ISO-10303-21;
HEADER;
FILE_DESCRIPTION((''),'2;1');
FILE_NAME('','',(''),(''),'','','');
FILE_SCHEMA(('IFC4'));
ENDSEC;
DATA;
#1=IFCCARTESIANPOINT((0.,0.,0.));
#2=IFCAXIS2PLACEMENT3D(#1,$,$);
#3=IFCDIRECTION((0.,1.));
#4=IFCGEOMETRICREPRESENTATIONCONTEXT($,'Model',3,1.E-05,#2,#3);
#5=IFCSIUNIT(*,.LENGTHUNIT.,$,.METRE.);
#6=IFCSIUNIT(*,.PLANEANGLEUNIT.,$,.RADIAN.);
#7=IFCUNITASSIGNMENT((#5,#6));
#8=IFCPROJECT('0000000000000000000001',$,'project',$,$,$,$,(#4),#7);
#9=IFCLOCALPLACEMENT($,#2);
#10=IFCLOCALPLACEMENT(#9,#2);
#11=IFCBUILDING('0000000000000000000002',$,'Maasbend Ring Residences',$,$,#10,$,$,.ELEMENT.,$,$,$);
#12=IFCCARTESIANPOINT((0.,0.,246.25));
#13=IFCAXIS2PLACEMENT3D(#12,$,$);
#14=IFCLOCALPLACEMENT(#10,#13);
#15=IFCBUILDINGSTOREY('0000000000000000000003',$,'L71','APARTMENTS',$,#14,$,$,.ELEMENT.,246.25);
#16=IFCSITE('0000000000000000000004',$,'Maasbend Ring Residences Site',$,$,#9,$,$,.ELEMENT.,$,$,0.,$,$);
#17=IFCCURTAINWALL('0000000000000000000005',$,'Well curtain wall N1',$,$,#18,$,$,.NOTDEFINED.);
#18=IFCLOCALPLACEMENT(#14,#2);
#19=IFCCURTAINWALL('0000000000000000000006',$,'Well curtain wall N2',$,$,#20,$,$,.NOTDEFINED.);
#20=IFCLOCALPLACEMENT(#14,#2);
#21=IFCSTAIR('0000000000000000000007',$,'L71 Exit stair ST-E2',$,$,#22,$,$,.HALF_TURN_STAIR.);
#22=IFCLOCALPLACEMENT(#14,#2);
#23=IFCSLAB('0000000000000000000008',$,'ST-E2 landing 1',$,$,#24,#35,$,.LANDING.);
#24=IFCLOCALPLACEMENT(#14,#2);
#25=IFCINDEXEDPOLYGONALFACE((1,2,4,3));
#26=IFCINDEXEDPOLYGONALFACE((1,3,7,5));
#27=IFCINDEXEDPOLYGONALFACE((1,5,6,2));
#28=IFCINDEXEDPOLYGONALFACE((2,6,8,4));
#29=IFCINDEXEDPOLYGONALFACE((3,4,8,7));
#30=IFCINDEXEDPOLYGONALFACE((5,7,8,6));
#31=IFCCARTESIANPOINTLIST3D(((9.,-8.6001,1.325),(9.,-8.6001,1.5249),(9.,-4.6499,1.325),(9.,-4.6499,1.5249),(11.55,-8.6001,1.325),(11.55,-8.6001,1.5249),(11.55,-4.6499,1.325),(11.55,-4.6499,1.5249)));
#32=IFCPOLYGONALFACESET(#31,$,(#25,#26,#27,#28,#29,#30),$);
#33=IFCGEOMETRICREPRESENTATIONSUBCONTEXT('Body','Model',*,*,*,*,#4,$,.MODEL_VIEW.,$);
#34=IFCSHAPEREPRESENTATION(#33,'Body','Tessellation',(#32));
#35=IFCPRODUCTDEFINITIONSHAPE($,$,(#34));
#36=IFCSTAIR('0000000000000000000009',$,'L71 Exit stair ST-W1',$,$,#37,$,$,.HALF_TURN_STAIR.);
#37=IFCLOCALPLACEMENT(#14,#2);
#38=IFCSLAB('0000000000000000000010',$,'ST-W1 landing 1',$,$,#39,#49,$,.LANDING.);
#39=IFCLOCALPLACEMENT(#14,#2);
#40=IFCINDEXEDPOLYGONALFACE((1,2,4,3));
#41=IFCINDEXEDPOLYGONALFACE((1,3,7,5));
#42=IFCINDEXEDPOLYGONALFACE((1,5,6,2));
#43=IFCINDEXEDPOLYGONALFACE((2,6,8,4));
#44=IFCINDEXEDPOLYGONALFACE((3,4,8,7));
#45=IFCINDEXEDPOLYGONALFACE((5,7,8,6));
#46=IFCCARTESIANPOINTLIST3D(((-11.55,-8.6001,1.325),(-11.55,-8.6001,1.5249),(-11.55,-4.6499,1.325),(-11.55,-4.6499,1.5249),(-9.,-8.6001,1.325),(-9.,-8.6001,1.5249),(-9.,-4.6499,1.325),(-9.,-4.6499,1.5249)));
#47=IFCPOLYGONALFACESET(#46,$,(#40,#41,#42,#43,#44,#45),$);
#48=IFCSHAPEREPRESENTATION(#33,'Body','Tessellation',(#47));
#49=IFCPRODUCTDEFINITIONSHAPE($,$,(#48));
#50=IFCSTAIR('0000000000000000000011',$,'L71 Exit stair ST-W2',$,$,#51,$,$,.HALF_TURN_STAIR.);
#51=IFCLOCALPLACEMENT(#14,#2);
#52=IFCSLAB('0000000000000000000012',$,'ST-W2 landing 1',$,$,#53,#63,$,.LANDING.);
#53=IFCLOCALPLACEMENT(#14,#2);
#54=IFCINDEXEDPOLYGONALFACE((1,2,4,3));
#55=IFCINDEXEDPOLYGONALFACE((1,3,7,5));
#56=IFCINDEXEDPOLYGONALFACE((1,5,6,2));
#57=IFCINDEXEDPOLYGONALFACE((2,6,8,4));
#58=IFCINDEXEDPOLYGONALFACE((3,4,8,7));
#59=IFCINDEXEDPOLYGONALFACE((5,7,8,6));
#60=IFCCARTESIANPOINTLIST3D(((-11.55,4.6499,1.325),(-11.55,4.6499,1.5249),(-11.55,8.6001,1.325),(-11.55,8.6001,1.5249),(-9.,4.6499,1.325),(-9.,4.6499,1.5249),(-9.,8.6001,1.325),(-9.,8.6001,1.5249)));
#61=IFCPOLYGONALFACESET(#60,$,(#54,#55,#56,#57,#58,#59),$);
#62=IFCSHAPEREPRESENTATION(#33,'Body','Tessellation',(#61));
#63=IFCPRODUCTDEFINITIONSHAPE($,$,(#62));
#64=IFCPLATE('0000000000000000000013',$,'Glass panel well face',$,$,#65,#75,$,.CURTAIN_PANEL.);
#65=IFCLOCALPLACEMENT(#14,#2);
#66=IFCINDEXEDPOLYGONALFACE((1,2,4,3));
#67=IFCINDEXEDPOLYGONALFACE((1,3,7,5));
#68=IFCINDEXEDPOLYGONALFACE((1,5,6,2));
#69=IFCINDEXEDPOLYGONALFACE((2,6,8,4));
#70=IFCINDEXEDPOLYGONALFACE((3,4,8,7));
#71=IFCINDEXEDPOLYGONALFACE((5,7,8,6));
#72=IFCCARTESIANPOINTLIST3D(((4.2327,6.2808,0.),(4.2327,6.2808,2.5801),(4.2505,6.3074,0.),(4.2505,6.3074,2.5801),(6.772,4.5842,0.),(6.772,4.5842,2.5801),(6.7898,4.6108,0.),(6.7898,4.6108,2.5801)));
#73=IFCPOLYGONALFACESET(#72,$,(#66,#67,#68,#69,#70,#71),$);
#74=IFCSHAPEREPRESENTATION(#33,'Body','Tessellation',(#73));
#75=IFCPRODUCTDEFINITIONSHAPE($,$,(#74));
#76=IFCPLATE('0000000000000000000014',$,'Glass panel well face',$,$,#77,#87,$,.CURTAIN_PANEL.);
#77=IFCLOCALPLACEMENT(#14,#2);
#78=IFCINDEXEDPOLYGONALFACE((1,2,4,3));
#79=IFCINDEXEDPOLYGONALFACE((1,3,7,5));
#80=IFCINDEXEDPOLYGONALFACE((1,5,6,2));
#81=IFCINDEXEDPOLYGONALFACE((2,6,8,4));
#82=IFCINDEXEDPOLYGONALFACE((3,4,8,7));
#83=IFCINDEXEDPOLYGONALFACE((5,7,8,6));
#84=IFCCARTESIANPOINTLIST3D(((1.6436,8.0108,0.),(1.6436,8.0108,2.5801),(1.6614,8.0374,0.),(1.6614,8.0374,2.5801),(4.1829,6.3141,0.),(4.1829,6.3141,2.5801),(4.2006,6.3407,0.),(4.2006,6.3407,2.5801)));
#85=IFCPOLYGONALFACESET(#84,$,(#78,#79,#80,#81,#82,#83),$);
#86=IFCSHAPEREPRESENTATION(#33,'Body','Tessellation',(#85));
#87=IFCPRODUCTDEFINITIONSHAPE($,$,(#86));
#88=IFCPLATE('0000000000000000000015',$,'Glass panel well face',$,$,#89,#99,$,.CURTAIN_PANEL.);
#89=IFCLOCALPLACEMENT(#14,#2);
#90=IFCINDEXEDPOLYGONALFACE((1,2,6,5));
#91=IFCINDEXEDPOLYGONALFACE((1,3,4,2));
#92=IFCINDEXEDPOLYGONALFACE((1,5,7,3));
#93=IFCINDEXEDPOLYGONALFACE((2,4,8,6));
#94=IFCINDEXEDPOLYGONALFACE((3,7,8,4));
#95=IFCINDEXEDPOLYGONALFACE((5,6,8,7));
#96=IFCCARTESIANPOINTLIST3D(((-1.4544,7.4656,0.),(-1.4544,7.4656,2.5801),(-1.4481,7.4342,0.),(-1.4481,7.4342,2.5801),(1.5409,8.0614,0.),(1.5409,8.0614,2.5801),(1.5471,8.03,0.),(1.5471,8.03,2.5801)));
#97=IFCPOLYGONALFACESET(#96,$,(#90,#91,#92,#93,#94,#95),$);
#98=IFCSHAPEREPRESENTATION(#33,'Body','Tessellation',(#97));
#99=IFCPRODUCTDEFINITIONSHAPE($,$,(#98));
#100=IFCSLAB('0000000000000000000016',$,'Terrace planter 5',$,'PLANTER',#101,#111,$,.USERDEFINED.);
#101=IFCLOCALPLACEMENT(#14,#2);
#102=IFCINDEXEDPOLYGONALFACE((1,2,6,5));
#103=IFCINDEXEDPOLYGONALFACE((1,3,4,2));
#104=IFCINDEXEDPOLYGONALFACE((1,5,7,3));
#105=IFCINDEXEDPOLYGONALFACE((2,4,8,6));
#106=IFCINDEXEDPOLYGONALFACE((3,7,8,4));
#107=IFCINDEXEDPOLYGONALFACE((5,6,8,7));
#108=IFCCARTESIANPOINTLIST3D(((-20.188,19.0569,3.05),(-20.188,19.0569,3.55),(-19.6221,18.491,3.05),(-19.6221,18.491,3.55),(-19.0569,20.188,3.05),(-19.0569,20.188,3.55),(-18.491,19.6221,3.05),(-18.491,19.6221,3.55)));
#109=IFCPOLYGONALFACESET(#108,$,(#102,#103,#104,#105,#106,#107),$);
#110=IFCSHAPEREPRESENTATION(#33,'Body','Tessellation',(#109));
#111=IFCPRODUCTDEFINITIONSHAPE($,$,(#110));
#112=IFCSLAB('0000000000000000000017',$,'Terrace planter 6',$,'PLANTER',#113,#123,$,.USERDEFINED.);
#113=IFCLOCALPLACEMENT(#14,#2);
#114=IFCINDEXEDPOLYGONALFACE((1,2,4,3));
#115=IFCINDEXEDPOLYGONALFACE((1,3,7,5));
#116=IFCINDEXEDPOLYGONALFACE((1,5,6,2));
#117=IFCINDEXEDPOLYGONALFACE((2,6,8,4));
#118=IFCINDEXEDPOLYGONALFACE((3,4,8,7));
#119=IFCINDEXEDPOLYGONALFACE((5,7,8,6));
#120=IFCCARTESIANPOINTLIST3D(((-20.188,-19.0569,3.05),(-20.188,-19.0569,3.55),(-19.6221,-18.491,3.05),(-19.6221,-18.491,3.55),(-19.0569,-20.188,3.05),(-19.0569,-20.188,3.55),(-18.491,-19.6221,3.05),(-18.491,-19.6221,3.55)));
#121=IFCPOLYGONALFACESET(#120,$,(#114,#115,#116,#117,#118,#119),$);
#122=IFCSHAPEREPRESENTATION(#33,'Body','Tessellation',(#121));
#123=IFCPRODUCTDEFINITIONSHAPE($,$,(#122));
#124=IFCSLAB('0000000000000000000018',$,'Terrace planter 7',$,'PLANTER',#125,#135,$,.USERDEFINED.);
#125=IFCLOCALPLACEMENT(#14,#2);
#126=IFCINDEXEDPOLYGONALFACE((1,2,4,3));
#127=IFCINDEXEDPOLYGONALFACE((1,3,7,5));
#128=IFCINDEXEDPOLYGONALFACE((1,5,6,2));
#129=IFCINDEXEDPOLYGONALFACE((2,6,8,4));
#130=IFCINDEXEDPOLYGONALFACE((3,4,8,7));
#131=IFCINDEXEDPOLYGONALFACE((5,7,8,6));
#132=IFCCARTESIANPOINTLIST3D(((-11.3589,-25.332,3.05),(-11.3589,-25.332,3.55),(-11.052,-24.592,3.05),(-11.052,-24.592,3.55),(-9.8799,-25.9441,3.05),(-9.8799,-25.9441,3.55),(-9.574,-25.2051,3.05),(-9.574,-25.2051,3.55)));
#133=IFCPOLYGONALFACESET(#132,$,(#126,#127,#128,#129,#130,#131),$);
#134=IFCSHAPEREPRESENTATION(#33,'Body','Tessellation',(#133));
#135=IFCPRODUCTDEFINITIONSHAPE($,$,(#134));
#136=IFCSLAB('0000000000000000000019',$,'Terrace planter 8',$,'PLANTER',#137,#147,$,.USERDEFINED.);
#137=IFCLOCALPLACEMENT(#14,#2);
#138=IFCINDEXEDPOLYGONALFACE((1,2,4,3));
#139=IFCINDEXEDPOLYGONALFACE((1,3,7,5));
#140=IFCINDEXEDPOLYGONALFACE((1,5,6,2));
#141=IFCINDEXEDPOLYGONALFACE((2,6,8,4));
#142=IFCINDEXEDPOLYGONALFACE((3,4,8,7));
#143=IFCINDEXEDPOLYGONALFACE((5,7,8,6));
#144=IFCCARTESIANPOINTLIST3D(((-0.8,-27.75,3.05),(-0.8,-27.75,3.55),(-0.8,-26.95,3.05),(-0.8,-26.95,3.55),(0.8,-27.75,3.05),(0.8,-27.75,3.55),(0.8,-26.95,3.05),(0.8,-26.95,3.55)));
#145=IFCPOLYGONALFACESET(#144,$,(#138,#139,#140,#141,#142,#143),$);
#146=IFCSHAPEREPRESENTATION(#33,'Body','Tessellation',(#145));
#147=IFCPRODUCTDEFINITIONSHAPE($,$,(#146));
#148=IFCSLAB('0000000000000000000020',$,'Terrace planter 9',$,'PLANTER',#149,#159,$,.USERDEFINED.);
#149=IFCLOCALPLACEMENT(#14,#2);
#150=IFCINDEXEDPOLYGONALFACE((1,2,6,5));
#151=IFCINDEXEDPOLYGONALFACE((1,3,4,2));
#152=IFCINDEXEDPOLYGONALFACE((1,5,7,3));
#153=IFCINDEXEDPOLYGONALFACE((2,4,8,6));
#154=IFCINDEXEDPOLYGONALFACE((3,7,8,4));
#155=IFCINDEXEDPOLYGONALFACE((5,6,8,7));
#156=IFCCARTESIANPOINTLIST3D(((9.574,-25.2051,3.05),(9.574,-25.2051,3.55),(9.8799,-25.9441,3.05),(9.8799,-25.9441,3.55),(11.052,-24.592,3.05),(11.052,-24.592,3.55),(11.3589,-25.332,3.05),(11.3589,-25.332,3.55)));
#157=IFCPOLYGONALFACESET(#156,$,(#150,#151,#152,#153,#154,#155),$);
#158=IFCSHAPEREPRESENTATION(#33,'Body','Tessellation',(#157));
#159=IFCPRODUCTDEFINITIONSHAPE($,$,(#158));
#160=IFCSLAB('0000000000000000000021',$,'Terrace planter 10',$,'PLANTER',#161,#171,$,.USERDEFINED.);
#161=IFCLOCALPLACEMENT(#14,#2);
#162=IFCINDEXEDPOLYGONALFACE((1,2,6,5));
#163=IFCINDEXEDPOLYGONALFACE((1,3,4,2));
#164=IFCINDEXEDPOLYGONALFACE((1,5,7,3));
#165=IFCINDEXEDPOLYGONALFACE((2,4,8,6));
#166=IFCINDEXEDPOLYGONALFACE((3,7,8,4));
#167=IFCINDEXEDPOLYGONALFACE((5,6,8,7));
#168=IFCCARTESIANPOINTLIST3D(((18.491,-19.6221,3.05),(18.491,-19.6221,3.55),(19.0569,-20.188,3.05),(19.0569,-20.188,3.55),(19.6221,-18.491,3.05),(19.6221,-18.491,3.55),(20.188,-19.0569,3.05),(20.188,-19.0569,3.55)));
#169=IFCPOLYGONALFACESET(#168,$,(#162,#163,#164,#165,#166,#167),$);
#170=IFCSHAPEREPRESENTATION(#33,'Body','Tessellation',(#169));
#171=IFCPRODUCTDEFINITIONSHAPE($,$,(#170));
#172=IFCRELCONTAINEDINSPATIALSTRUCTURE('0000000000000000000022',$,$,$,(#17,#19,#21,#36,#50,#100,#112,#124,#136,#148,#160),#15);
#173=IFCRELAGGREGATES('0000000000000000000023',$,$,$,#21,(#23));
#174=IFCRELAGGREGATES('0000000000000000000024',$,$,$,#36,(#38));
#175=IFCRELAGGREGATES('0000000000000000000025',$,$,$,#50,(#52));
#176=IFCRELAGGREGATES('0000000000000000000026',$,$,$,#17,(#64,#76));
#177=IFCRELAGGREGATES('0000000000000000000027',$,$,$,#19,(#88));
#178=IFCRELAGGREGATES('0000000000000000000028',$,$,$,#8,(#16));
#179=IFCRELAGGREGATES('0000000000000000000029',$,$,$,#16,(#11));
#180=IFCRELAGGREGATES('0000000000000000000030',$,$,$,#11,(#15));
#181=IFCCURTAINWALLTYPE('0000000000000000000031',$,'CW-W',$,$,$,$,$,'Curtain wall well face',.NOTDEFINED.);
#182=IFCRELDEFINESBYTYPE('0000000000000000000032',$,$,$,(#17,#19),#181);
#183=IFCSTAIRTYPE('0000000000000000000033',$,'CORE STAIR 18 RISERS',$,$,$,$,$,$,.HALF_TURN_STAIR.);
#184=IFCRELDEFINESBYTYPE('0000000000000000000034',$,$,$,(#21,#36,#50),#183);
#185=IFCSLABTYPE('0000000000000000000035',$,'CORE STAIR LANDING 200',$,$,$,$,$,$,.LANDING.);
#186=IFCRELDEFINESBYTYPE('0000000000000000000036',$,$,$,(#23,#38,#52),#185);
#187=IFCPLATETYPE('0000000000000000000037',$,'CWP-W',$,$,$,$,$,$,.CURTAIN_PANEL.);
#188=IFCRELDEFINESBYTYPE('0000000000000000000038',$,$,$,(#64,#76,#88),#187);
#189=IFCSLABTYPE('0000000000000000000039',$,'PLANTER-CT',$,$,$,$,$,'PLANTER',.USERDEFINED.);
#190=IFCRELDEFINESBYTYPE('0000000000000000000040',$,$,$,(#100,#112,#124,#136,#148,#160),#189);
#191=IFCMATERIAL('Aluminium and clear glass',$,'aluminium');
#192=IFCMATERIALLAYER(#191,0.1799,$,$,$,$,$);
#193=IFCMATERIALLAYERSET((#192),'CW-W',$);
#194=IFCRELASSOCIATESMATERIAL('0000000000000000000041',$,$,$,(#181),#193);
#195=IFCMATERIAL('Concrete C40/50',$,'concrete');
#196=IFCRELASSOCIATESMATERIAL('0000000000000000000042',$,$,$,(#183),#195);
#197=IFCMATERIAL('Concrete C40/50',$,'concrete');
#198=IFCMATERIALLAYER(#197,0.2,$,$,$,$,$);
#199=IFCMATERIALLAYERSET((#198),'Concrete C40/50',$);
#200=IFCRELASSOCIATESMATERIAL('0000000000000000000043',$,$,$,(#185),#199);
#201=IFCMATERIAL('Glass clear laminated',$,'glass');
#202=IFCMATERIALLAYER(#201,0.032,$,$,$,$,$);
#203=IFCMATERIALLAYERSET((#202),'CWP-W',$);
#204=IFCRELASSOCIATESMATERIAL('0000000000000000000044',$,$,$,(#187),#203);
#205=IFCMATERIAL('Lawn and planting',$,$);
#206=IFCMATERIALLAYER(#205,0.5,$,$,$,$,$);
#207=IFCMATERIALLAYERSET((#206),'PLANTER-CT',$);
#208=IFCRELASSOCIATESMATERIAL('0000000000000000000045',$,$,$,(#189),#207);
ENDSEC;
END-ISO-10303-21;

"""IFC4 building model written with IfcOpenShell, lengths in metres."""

from ifc_helpers import new_model, si_unit, direction, frame, origin, origin_2d, place, context, subcontext, project, spatial, polyline, rectangle, outline, extrude, material, layer, layer_set, type_object, element, aggregate, save


model = new_model("IFC4")

# Units and contexts
model_context = context("Model", 3, precision=1e-05, world=origin(), true_north=direction((0.0, 1.0)))
body_context = subcontext(model_context, "Body", "Model", "MODEL_VIEW")
ifc_project = project(units=[si_unit("LENGTHUNIT", "METRE"), si_unit("PLANEANGLEUNIT", "RADIAN")], contexts=[model_context])

# Site, building, storey
site_placement = place(None, origin())
site = spatial("IfcSite", under=ifc_project, at=site_placement, Name="Maasbend Ring Residences Site", CompositionType="ELEMENT", RefElevation=0.0)
building_placement = place(site_placement, origin())
building = spatial("IfcBuilding", under=site, at=building_placement, Name="Maasbend Ring Residences", CompositionType="ELEMENT")
storey_placement = place(building_placement, frame((0.0, 0.0, 246.25)))
storey = spatial("IfcBuildingStorey", under=building, at=storey_placement, Name="L71", Description="APARTMENTS", CompositionType="ELEMENT", Elevation=246.25)

# Curtain wall
ifc_material_1 = material(Name="Aluminium and clear glass", Category="aluminium")
ifc_layer_1 = layer(ifc_material_1, 0.1799)
ifc_layer_set_1 = layer_set([ifc_layer_1], Name="CW-W")
curtain_wall_type = type_object("IfcCurtainWallType", Name="CW-W", ElementType="Curtain wall well face", PredefinedType="NOTDEFINED", material=ifc_layer_set_1)
curtain_wall_1_placement = place(storey_placement, origin())
curtain_wall_1 = element("IfcCurtainWall", 1, at=curtain_wall_1_placement, inside=storey, type_object=curtain_wall_type, Name="Well curtain wall N1", PredefinedType="NOTDEFINED")

# Curtain wall
curtain_wall_2_placement = place(storey_placement, origin())
curtain_wall_2 = element("IfcCurtainWall", 2, at=curtain_wall_2_placement, inside=storey, type_object=curtain_wall_type, Name="Well curtain wall N2", PredefinedType="NOTDEFINED")

# Stairs, slabs
ifc_material_2 = material(Name="Concrete C40/50", Category="concrete")
stair_type = type_object("IfcStairType", Name="CORE STAIR 18 RISERS", PredefinedType="HALF_TURN_STAIR", material=ifc_material_2)
ifc_material_3 = material(Name="Concrete C40/50", Category="concrete")
ifc_layer_2 = layer(ifc_material_3, 0.2)
ifc_layer_set_2 = layer_set([ifc_layer_2], Name="Concrete C40/50")
slab_type_1 = type_object("IfcSlabType", Name="CORE STAIR LANDING 200", PredefinedType="LANDING", material=ifc_layer_set_2)
stair_1_placement = place(storey_placement, origin())
stair_1 = element("IfcStair", 3, at=stair_1_placement, inside=storey, type_object=stair_type, Name="L71 Exit stair ST-E2", PredefinedType="HALF_TURN_STAIR")
slab_1_placement = place(storey_placement, frame((0.0, 0.0, 1.325)))
slab_1 = element("IfcSlab", 4, at=slab_1_placement, type_object=slab_type_1, Name="ST-E2 landing 1", PredefinedType="LANDING", context=body_context, shape_type="SweptSolid", body=[
    extrude(outline(polyline([(11.55, -4.6499), (9.0, -4.6499), (9.0, -8.6001), (11.55, -8.6001), (11.55, -4.6499)])), origin(), (0.0, 0.0, 1.0), 0.2),
])
aggregate(stair_1, [slab_1])
stair_2_placement = place(storey_placement, origin())
stair_2 = element("IfcStair", 5, at=stair_2_placement, inside=storey, type_object=stair_type, Name="L71 Exit stair ST-W1", PredefinedType="HALF_TURN_STAIR")
slab_2_placement = place(storey_placement, frame((0.0, 0.0, 1.325)))
slab_2 = element("IfcSlab", 6, at=slab_2_placement, type_object=slab_type_1, Name="ST-W1 landing 1", PredefinedType="LANDING", context=body_context, shape_type="SweptSolid", body=[
    extrude(outline(polyline([(-11.55, -8.6001), (-9.0, -8.6001), (-9.0, -4.6499), (-11.55, -4.6499), (-11.55, -8.6001)])), origin(), (0.0, 0.0, 1.0), 0.2),
])
aggregate(stair_2, [slab_2])
stair_3_placement = place(storey_placement, origin())
stair_3 = element("IfcStair", 7, at=stair_3_placement, inside=storey, type_object=stair_type, Name="L71 Exit stair ST-W2", PredefinedType="HALF_TURN_STAIR")
slab_3_placement = place(storey_placement, frame((0.0, 0.0, 1.325)))
slab_3 = element("IfcSlab", 8, at=slab_3_placement, type_object=slab_type_1, Name="ST-W2 landing 1", PredefinedType="LANDING", context=body_context, shape_type="SweptSolid", body=[
    extrude(outline(polyline([(-11.55, 4.6499), (-9.0, 4.6499), (-9.0, 8.6001), (-11.55, 8.6001), (-11.55, 4.6499)])), origin(), (0.0, 0.0, 1.0), 0.2),
])
aggregate(stair_3, [slab_3])

# Plates
ifc_material_4 = material(Name="Glass clear laminated", Category="glass")
ifc_layer_3 = layer(ifc_material_4, 0.032)
ifc_layer_set_3 = layer_set([ifc_layer_3], Name="CWP-W")
plate_type = type_object("IfcPlateType", Name="CWP-W", PredefinedType="CURTAIN_PANEL", material=ifc_layer_set_3)
plate_1_placement = place(storey_placement, frame((5.5112, 5.4458, 0.0), z_axis=(0.0, 0.0, 1.0), x_axis=(-0.83147, 0.55557, 0.0)))
plate_1 = element("IfcPlate", 9, at=plate_1_placement, type_object=plate_type, Name="Glass panel well face", PredefinedType="CURTAIN_PANEL", context=body_context, shape_type="SweptSolid", body=[
    extrude(rectangle(XDim=3.054, YDim=0.032, at=origin_2d()), origin(), (0.0, 0.0, 1.0), 2.5801),
])
plate_2_placement = place(storey_placement, frame((2.9221, 7.1758, 0.0), z_axis=(0.0, 0.0, 1.0), x_axis=(-0.83147, 0.55557, 0.0)))
plate_2 = element("IfcPlate", 10, at=plate_2_placement, type_object=plate_type, Name="Glass panel well face", PredefinedType="CURTAIN_PANEL", context=body_context, shape_type="SweptSolid", body=[
    extrude(rectangle(XDim=3.054, YDim=0.032, at=origin_2d()), origin(), (0.0, 0.0, 1.0), 2.5801),
])
aggregate(curtain_wall_1, [plate_1, plate_2])
plate_3_placement = place(storey_placement, frame((0.0464, 7.7478, 0.0), z_axis=(0.0, 0.0, 1.0), x_axis=(-0.980785, -0.19509, 0.0)))
plate_3 = element("IfcPlate", 11, at=plate_3_placement, type_object=plate_type, Name="Glass panel well face", PredefinedType="CURTAIN_PANEL", context=body_context, shape_type="SweptSolid", body=[
    extrude(rectangle(XDim=3.054, YDim=0.032, at=origin_2d()), origin(), (0.0, 0.0, 1.0), 2.5801),
])
aggregate(curtain_wall_2, [plate_3])

# Slabs
ifc_material_5 = material(Name="Lawn and planting")
ifc_layer_4 = layer(ifc_material_5, 0.5)
ifc_layer_set_4 = layer_set([ifc_layer_4], Name="PLANTER-CT")
slab_type_2 = type_object("IfcSlabType", Name="PLANTER-CT", ElementType="PLANTER", PredefinedType="USERDEFINED", material=ifc_layer_set_4)
slab_4_placement = place(storey_placement, frame((0.0, 0.0, 3.05)))
element("IfcSlab", 12, at=slab_4_placement, inside=storey, type_object=slab_type_2, Name="Terrace planter 5", ObjectType="PLANTER", PredefinedType="USERDEFINED", context=body_context, shape_type="SweptSolid", body=[
    extrude(outline(polyline([(-19.0569, 20.188), (-20.188, 19.0569), (-19.6221, 18.491), (-18.491, 19.6221), (-19.0569, 20.188)])), origin(), (0.0, 0.0, 1.0), 0.5),
])
slab_5_placement = place(storey_placement, frame((0.0, 0.0, 3.05)))
element("IfcSlab", 13, at=slab_5_placement, inside=storey, type_object=slab_type_2, Name="Terrace planter 6", ObjectType="PLANTER", PredefinedType="USERDEFINED", context=body_context, shape_type="SweptSolid", body=[
    extrude(outline(polyline([(-20.188, -19.0569), (-19.0569, -20.188), (-18.491, -19.6221), (-19.6221, -18.491), (-20.188, -19.0569)])), origin(), (0.0, 0.0, 1.0), 0.5),
])
slab_6_placement = place(storey_placement, frame((0.0, 0.0, 3.05)))
element("IfcSlab", 14, at=slab_6_placement, inside=storey, type_object=slab_type_2, Name="Terrace planter 7", ObjectType="PLANTER", PredefinedType="USERDEFINED", context=body_context, shape_type="SweptSolid", body=[
    extrude(outline(polyline([(-11.3589, -25.332), (-9.8799, -25.9441), (-9.574, -25.2051), (-11.052, -24.592), (-11.3589, -25.332)])), origin(), (0.0, 0.0, 1.0), 0.5),
])
slab_7_placement = place(storey_placement, frame((0.0, 0.0, 3.05)))
element("IfcSlab", 15, at=slab_7_placement, inside=storey, type_object=slab_type_2, Name="Terrace planter 8", ObjectType="PLANTER", PredefinedType="USERDEFINED", context=body_context, shape_type="SweptSolid", body=[
    extrude(outline(polyline([(-0.8, -27.75), (0.8, -27.75), (0.8, -26.95), (-0.8, -26.95), (-0.8, -27.75)])), origin(), (0.0, 0.0, 1.0), 0.5),
])
slab_8_placement = place(storey_placement, frame((0.0, 0.0, 3.05)))
element("IfcSlab", 16, at=slab_8_placement, inside=storey, type_object=slab_type_2, Name="Terrace planter 9", ObjectType="PLANTER", PredefinedType="USERDEFINED", context=body_context, shape_type="SweptSolid", body=[
    extrude(outline(polyline([(9.8799, -25.9441), (11.3589, -25.332), (11.052, -24.592), (9.574, -25.2051), (9.8799, -25.9441)])), origin(), (0.0, 0.0, 1.0), 0.5),
])
slab_9_placement = place(storey_placement, frame((0.0, 0.0, 3.05)))
element("IfcSlab", 17, at=slab_9_placement, inside=storey, type_object=slab_type_2, Name="Terrace planter 10", ObjectType="PLANTER", PredefinedType="USERDEFINED", context=body_context, shape_type="SweptSolid", body=[
    extrude(outline(polyline([(19.0569, -20.188), (20.188, -19.0569), (19.6221, -18.491), (18.491, -19.6221), (19.0569, -20.188)])), origin(), (0.0, 0.0, 1.0), 0.5),
])

save(model, "model.ifc")
